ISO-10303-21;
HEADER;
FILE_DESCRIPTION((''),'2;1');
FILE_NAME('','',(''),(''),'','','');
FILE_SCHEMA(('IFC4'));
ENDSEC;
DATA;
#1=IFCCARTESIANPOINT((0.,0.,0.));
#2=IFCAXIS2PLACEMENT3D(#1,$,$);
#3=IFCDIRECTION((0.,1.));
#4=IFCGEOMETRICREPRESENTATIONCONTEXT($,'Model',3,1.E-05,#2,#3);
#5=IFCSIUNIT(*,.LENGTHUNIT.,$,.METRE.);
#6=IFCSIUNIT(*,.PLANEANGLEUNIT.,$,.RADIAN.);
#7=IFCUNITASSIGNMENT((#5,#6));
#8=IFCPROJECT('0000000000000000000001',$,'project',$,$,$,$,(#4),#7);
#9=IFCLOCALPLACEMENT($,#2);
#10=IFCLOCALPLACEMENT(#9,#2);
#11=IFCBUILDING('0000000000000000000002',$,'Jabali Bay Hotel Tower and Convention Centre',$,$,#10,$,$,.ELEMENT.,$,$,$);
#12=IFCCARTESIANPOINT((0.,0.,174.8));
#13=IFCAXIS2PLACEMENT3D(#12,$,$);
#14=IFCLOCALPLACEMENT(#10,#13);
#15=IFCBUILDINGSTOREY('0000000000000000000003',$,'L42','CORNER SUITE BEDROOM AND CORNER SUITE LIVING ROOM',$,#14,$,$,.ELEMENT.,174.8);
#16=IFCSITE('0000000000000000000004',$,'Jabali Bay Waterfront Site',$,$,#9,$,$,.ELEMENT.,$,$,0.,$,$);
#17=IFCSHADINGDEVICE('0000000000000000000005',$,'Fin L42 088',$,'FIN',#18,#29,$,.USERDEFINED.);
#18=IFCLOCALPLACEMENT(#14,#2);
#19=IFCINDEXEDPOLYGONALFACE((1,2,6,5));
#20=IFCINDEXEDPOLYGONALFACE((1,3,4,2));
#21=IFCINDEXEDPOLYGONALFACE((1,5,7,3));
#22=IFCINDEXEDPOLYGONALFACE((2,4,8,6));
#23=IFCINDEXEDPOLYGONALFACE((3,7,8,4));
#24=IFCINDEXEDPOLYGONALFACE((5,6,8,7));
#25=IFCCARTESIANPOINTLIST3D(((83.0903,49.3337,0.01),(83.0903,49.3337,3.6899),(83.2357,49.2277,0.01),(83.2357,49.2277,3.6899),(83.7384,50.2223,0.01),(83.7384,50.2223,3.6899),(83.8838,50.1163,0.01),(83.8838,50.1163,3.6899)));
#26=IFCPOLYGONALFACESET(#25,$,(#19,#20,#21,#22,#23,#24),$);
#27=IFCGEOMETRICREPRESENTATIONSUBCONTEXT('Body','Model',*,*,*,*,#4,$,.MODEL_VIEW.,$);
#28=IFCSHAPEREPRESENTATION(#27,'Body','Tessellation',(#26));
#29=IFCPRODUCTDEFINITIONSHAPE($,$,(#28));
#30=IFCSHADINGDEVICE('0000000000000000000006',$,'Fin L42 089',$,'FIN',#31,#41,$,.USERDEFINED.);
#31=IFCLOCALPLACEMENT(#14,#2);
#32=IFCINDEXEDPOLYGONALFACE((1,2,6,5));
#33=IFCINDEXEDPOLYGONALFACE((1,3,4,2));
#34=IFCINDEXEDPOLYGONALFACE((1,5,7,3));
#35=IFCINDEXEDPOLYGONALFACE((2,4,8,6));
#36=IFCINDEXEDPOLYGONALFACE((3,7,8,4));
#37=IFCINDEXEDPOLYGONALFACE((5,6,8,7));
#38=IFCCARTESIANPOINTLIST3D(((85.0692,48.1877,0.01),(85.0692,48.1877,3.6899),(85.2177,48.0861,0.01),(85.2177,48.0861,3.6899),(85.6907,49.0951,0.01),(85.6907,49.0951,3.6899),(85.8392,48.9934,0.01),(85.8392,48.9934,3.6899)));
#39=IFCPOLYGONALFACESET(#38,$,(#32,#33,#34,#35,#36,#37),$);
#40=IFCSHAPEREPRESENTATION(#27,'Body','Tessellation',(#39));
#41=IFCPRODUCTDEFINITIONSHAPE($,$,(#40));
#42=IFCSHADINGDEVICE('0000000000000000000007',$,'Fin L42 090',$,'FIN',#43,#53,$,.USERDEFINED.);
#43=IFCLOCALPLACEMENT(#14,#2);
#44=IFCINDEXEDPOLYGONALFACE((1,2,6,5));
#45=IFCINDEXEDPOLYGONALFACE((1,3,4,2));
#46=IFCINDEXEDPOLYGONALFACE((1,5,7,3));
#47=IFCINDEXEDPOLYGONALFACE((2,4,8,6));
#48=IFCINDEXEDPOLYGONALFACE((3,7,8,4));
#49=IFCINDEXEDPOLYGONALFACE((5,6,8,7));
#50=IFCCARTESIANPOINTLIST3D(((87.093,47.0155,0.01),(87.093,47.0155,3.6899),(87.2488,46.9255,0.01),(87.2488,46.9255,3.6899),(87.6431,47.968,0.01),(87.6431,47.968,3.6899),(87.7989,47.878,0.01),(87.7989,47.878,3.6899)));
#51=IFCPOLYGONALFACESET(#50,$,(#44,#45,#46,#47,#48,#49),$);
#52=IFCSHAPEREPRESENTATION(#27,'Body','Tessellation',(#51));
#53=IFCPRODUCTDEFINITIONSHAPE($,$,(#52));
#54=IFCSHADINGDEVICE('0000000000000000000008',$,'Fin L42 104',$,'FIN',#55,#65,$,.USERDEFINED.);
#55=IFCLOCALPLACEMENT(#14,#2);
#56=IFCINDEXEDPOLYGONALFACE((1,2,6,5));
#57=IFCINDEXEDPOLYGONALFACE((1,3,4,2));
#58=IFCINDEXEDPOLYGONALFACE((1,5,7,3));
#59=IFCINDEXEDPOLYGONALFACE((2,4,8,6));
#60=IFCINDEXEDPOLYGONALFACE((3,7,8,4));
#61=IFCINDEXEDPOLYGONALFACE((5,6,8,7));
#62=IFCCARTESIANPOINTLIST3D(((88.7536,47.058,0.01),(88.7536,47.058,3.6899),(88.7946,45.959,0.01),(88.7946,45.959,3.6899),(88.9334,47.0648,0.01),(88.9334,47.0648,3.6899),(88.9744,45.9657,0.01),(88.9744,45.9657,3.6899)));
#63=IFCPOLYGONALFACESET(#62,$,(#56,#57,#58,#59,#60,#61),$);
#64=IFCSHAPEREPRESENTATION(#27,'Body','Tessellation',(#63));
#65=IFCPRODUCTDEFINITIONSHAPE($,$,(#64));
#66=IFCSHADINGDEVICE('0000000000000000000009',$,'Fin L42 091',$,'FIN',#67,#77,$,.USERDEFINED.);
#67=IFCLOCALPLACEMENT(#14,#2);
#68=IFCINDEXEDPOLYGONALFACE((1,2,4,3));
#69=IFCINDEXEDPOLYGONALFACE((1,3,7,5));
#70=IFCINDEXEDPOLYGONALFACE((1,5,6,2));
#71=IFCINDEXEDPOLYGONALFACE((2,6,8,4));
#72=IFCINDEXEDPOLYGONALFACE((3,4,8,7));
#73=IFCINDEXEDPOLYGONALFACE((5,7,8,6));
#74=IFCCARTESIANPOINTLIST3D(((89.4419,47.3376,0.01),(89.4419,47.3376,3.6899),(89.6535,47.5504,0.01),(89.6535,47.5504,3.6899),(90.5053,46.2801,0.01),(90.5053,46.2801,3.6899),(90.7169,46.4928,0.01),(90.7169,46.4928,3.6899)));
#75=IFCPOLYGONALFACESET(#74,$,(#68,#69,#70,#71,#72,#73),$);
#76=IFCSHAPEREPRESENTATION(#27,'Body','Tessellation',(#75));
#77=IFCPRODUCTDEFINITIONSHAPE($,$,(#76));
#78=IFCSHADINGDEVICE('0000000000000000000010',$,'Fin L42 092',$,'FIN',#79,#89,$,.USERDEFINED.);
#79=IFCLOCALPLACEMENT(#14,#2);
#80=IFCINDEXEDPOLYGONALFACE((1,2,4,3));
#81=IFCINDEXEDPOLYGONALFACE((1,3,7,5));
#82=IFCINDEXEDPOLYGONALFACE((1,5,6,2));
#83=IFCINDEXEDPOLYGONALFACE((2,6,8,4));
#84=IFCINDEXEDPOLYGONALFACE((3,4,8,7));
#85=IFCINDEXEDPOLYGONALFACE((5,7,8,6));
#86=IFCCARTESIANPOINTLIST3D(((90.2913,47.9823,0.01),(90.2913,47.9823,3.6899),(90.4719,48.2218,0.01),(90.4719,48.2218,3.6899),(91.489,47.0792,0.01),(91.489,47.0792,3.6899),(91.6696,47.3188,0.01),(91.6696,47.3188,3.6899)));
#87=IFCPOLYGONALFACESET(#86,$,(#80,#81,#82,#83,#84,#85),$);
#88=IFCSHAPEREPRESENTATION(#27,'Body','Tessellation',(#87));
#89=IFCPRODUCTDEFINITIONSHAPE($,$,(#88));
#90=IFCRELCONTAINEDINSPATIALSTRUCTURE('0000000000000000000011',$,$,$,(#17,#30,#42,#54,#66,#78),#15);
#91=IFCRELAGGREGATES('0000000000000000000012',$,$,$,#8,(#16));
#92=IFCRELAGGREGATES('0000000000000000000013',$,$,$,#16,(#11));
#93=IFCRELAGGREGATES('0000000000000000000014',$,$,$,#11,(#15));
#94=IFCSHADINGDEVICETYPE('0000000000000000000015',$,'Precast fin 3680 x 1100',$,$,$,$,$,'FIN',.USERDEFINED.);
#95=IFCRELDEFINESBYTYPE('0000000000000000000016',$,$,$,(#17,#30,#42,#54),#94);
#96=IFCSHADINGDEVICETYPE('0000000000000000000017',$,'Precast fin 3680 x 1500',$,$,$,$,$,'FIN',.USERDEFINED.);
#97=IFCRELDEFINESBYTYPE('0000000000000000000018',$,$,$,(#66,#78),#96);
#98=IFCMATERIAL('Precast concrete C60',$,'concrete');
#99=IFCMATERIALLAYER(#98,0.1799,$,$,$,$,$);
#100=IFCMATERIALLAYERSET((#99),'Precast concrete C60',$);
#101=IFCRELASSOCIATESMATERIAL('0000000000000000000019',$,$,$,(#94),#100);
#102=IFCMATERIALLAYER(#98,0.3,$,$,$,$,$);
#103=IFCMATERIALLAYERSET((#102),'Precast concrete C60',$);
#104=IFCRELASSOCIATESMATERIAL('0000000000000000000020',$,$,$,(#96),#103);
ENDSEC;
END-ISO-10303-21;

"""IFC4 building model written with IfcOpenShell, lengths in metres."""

from ifc_helpers import new_model, si_unit, direction, frame, frame_2d, origin, place, context, subcontext, project, spatial, rectangle, extrude, material, layer, layer_set, type_object, element, save


model = new_model("IFC4")

# Units and contexts
model_context = context("Model", 3, precision=1e-05, world=origin(), true_north=direction((0.0, 1.0)))
body_context = subcontext(model_context, "Body", "Model", "MODEL_VIEW")
ifc_project = project(units=[si_unit("LENGTHUNIT", "METRE"), si_unit("PLANEANGLEUNIT", "RADIAN")], contexts=[model_context])

# Site, building, storey
site_placement = place(None, origin())
site = spatial("IfcSite", under=ifc_project, at=site_placement, Name="Jabali Bay Waterfront Site", CompositionType="ELEMENT", RefElevation=0.0)
building_placement = place(site_placement, origin())
building = spatial("IfcBuilding", under=site, at=building_placement, Name="Jabali Bay Hotel Tower and Convention Centre", CompositionType="ELEMENT")
storey_placement = place(building_placement, frame((0.0, 0.0, 174.8)))
storey = spatial("IfcBuildingStorey", under=building, at=storey_placement, Name="L42", Description="CORNER SUITE BEDROOM AND CORNER SUITE LIVING ROOM", CompositionType="ELEMENT", Elevation=174.8)

# Shading devices
ifc_material_1 = material(Name="Precast concrete C60", Category="concrete")
ifc_layer_1 = layer(ifc_material_1, 0.1799)
ifc_layer_set_1 = layer_set([ifc_layer_1], Name="Precast concrete C60")
shading_device_type_1 = type_object("IfcShadingDeviceType", Name="Precast fin 3680 x 1100", ElementType="FIN", PredefinedType="USERDEFINED", material=ifc_layer_set_1)
for number, where, z_axis, x_axis, name in (
    (1, (83.811, 50.1692, 0.01), (0.0, 0.0, 1.0), (-0.589293, -0.807919, 0.0), "Fin L42 088"),
    (2, (85.7649, 49.0442, 0.01), (0.0, 0.0, 1.0), (-0.565106, -0.825019, 0.0), "Fin L42 089"),
    (3, (87.7209, 47.9229, 0.01), (0.0, 0.0, 1.0), (-0.500126, -0.865953, 0.0), "Fin L42 090"),
    (4, (88.8435, 47.0613, 0.01), (0.0, 0.0, 1.0), (0.037291, -0.999304, 0.0), "Fin L42 104"),
):
    element("IfcShadingDevice", number, at=place(storey_placement, frame(where, z_axis=z_axis, x_axis=x_axis)), inside=storey, type_object=shading_device_type_1, Name=name, ObjectType="FIN", PredefinedType="USERDEFINED", context=body_context, shape_type="SweptSolid", body=[
        extrude(rectangle(XDim=1.0999, YDim=0.1799, at=frame_2d((0.5498, 0.0))), origin(), (0.0, 0.0, 1.0), 3.6799),
    ])
ifc_layer_2 = layer(ifc_material_1, 0.3)
ifc_layer_set_2 = layer_set([ifc_layer_2], Name="Precast concrete C60")
shading_device_type_2 = type_object("IfcShadingDeviceType", Name="Precast fin 3680 x 1500", ElementType="FIN", PredefinedType="USERDEFINED", material=ifc_layer_set_2)
shading_device_1_placement = place(storey_placement, frame((89.5476, 47.4441, 0.01), z_axis=(0.0, 0.0, 1.0), x_axis=(0.709057, -0.705151, 0.0)))
element("IfcShadingDevice", 5, at=shading_device_1_placement, inside=storey, type_object=shading_device_type_2, Name="Fin L42 091", ObjectType="FIN", PredefinedType="USERDEFINED", context=body_context, shape_type="SweptSolid", body=[
    extrude(rectangle(XDim=1.4998, YDim=0.3, at=frame_2d((0.75, 0.0))), origin(), (0.0, 0.0, 1.0), 3.6799),
])
shading_device_2_placement = place(storey_placement, frame((90.3816, 48.1021, 0.01), z_axis=(0.0, 0.0, 1.0), x_axis=(0.798474, -0.602029, 0.0)))
element("IfcShadingDevice", 6, at=shading_device_2_placement, inside=storey, type_object=shading_device_type_2, Name="Fin L42 092", ObjectType="FIN", PredefinedType="USERDEFINED", context=body_context, shape_type="SweptSolid", body=[
    extrude(rectangle(XDim=1.5, YDim=0.3, at=frame_2d((0.75, 0.0))), origin(), (0.0, 0.0, 1.0), 3.6799),
])

save(model, "model.ifc")
